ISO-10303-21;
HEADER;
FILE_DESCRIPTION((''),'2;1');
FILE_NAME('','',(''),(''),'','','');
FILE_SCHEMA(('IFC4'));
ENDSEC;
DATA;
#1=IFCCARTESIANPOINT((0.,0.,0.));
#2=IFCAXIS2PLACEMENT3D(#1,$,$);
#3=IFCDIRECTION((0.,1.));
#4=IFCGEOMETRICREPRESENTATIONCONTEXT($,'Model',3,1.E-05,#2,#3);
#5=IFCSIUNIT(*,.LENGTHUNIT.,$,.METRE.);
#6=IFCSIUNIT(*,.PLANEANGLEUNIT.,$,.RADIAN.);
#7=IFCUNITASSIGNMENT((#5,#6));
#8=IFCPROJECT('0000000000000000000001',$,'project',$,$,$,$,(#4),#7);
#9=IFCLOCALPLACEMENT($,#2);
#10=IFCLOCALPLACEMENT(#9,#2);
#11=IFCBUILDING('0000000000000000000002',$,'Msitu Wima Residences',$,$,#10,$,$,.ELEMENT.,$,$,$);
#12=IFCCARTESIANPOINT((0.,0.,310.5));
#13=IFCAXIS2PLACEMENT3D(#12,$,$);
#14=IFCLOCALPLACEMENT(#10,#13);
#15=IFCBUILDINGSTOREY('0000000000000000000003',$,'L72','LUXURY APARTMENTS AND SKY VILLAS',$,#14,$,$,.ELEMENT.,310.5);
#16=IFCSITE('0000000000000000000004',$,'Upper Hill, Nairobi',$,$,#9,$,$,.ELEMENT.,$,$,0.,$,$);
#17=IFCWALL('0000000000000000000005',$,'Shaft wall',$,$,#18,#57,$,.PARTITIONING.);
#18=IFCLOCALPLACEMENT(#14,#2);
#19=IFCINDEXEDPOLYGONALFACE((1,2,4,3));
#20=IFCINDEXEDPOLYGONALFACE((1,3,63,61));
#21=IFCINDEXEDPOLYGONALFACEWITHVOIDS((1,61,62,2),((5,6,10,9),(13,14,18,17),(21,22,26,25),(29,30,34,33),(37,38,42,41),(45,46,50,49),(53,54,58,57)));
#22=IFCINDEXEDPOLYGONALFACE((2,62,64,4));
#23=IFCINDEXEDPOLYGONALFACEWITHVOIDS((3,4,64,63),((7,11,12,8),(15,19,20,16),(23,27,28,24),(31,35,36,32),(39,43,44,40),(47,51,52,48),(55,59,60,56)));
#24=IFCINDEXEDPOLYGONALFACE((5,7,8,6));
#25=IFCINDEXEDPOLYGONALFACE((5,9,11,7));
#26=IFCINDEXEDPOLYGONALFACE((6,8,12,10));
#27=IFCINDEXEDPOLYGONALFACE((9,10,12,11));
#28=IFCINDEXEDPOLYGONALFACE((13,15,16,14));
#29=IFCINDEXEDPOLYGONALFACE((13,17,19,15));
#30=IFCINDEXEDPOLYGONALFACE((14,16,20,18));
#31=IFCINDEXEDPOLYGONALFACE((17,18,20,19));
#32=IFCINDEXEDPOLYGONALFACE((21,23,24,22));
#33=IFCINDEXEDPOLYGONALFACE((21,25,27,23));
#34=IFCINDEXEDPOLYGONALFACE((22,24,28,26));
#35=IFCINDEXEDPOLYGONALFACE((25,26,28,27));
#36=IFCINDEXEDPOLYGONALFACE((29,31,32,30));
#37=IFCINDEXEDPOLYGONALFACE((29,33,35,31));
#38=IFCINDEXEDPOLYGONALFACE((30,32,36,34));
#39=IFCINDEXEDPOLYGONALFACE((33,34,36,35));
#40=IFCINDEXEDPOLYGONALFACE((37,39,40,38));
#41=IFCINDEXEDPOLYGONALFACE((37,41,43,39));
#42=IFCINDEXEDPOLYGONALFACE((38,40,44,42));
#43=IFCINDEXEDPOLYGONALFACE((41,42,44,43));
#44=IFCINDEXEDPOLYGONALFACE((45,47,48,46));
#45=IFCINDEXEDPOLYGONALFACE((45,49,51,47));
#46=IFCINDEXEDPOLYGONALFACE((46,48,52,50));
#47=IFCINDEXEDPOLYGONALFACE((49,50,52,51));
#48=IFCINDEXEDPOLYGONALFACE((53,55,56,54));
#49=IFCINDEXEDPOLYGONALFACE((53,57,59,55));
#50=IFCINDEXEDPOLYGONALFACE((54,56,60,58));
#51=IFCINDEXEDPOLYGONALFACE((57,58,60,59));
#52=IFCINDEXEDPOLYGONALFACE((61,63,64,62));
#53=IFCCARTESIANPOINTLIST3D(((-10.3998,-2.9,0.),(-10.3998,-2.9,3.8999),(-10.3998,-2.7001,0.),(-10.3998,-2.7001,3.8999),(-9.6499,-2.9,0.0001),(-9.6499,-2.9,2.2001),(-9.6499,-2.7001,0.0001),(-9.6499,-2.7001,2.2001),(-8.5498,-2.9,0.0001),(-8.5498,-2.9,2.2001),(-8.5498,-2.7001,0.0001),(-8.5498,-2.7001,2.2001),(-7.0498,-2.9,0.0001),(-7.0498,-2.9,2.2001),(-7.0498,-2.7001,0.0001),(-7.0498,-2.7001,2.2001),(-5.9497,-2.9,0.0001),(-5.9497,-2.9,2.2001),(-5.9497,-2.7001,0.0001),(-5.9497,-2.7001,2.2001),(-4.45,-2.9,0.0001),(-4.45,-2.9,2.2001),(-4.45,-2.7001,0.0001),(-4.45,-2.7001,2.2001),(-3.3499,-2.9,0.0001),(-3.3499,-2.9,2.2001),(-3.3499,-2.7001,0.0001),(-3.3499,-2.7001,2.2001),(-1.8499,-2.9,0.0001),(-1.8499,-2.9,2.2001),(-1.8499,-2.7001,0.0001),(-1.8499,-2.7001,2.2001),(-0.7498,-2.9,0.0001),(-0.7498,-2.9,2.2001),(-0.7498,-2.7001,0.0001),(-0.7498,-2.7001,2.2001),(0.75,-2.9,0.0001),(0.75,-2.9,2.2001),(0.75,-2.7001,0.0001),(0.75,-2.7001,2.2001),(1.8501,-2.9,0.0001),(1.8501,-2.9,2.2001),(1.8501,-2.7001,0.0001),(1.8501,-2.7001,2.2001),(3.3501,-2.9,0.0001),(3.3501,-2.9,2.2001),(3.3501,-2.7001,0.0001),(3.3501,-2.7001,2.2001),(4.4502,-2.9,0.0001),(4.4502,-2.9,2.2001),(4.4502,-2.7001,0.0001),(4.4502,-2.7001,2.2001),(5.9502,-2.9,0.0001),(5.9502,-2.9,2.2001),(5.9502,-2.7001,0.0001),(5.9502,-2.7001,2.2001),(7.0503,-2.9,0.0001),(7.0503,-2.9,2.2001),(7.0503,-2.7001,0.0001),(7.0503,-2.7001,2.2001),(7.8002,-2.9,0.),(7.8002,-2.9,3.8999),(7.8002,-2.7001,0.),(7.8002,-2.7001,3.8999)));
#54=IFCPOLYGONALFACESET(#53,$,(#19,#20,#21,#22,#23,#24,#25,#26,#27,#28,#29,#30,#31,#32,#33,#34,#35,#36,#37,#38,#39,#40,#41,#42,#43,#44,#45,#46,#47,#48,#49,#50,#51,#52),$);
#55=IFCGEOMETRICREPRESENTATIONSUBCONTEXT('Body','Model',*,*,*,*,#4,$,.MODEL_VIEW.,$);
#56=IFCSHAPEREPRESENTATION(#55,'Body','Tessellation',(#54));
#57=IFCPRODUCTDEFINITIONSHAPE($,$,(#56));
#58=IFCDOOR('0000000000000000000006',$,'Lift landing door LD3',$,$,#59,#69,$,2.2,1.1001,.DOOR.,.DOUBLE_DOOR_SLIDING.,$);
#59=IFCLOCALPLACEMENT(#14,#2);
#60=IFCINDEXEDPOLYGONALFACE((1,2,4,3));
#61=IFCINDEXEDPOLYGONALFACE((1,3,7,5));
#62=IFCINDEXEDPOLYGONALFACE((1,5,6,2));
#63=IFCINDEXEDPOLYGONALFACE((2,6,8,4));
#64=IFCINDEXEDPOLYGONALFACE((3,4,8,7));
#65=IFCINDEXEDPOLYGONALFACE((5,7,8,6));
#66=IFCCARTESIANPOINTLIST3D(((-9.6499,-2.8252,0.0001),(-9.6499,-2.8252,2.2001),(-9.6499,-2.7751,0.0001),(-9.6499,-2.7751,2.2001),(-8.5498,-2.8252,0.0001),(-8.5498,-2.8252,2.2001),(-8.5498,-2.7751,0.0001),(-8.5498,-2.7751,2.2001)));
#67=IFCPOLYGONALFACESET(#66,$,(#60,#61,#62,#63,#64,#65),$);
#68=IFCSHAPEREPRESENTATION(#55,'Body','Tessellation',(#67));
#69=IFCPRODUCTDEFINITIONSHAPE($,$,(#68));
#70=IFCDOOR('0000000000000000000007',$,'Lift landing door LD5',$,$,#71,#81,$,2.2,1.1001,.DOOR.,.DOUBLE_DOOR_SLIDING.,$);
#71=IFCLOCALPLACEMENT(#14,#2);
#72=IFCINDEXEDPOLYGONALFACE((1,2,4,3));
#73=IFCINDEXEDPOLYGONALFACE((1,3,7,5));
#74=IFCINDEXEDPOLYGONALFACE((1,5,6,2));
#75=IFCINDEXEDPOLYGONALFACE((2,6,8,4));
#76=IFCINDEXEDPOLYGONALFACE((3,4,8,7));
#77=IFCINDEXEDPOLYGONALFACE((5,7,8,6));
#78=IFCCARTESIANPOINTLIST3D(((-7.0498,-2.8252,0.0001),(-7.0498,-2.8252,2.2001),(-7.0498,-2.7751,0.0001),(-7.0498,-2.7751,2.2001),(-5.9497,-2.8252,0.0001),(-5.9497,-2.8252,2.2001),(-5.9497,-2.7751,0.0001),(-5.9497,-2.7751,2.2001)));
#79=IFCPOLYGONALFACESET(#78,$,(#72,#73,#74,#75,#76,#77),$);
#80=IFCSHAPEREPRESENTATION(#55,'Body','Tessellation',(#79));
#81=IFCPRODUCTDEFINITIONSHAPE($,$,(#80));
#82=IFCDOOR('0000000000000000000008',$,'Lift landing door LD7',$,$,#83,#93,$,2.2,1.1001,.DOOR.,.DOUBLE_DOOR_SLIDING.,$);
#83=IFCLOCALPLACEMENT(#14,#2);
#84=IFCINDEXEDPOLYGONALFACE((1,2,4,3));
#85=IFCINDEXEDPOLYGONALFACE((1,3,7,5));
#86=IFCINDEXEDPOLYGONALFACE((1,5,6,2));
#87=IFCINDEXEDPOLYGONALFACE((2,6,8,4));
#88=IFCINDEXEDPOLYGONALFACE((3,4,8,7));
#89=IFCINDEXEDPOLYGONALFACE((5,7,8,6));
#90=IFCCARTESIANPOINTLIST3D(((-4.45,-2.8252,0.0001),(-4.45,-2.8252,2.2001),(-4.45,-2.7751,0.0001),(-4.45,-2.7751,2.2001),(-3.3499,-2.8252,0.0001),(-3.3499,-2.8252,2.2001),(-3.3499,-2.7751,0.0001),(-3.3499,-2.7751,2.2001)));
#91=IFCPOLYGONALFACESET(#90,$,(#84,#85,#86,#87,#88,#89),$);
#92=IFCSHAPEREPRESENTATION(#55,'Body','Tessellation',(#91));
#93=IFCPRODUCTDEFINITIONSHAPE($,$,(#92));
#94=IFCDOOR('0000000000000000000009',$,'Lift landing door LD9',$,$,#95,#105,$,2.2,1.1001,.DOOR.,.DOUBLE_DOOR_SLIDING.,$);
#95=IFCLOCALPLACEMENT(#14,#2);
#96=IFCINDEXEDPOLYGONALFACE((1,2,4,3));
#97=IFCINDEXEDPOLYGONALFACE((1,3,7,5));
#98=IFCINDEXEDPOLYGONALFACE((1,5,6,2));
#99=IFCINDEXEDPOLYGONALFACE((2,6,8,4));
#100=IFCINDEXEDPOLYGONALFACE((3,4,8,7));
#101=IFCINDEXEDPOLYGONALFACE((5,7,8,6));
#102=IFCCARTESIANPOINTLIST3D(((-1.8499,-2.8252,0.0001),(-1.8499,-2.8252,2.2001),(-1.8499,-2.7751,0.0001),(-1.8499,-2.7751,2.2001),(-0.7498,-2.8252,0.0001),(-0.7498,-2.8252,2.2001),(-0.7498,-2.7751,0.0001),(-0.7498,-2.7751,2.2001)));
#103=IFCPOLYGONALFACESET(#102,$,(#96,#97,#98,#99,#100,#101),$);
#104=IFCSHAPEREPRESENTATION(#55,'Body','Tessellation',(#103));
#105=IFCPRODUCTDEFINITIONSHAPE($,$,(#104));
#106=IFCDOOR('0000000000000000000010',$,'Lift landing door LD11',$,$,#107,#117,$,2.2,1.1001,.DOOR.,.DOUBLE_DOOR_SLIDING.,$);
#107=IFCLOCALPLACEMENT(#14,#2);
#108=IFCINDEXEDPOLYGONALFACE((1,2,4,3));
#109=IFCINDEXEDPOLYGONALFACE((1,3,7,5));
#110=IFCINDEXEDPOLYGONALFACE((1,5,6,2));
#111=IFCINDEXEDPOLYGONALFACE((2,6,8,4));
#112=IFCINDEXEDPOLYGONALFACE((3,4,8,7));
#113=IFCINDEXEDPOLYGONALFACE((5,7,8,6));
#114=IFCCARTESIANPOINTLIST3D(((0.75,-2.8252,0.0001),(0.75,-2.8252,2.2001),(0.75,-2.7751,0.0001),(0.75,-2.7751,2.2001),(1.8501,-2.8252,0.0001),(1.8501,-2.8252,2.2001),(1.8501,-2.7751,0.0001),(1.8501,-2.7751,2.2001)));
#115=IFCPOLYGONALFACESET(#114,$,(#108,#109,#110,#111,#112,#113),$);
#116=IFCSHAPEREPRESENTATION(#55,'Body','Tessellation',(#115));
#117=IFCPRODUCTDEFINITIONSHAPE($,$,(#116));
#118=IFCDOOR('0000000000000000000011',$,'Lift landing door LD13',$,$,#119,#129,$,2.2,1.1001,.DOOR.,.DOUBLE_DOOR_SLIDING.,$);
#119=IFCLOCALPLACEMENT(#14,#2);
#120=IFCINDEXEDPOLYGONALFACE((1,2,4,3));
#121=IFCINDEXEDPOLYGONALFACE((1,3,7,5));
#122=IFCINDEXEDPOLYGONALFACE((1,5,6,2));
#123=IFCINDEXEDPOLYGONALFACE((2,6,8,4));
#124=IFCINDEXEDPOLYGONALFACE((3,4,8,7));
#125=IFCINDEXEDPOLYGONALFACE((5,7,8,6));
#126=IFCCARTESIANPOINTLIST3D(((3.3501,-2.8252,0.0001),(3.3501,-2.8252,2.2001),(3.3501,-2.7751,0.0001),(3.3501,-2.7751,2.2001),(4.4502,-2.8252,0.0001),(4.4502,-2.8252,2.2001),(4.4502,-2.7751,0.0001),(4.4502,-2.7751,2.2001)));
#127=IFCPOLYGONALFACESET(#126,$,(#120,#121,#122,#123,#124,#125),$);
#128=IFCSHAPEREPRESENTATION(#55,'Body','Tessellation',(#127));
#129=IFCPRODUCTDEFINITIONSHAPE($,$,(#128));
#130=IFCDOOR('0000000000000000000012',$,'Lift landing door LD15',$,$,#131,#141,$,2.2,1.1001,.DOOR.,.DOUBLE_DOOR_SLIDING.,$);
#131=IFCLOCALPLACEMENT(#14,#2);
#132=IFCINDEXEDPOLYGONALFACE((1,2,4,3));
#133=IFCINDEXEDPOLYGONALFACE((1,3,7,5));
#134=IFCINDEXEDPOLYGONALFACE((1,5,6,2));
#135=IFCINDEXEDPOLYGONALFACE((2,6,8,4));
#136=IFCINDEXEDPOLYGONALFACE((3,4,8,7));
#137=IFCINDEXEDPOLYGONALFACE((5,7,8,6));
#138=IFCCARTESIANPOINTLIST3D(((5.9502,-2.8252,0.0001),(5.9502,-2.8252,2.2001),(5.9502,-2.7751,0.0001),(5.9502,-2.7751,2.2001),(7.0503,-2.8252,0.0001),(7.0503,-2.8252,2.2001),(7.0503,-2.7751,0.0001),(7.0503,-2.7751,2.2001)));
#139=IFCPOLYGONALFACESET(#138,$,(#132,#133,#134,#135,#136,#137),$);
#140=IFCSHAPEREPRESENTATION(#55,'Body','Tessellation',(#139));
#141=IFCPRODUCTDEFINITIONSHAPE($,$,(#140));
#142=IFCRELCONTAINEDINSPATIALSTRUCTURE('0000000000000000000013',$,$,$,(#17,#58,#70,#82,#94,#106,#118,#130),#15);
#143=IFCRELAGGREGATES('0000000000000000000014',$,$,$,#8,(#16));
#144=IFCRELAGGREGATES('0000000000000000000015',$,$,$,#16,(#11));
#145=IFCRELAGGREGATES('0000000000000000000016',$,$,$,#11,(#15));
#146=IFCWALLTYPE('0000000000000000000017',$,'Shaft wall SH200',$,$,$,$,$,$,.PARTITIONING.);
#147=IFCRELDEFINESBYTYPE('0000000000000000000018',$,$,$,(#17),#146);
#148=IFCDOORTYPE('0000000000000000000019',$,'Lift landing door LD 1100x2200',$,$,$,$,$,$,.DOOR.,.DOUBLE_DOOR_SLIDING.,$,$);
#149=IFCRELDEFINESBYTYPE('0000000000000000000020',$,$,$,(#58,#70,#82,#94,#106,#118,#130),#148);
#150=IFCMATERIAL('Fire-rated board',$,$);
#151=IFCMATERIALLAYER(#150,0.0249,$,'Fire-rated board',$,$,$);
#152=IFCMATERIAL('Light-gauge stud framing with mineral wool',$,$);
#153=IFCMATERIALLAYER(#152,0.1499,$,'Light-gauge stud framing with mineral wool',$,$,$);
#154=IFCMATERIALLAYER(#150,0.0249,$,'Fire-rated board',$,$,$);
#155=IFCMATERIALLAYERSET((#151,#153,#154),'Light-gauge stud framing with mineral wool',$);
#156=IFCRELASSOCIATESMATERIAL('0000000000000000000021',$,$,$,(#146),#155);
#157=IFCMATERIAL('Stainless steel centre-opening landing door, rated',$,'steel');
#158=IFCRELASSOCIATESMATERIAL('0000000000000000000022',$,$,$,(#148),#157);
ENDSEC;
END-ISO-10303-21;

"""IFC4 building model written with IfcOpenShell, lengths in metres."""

from ifc_helpers import new_model, si_unit, direction, frame, frame_2d, origin, place, context, subcontext, project, spatial, rectangle, extrude, material, layer, layer_set, type_object, element, fill, save


model = new_model("IFC4")

# Units and contexts
model_context = context("Model", 3, precision=1e-05, world=origin(), true_north=direction((0.0, 1.0)))
body_context = subcontext(model_context, "Body", "Model", "MODEL_VIEW")
ifc_project = project(units=[si_unit("LENGTHUNIT", "METRE"), si_unit("PLANEANGLEUNIT", "RADIAN")], contexts=[model_context])

# Site, building, storey
site_placement = place(None, origin())
site = spatial("IfcSite", under=ifc_project, at=site_placement, Name="Upper Hill, Nairobi", CompositionType="ELEMENT", RefElevation=0.0)
building_placement = place(site_placement, origin())
building = spatial("IfcBuilding", under=site, at=building_placement, Name="Msitu Wima Residences", CompositionType="ELEMENT")
storey_placement = place(building_placement, frame((0.0, 0.0, 310.5)))
storey = spatial("IfcBuildingStorey", under=building, at=storey_placement, Name="L72", Description="LUXURY APARTMENTS AND SKY VILLAS", CompositionType="ELEMENT", Elevation=310.5)

# Shared definitions
ifc_material_1 = material(Name="Fire-rated board")
ifc_layer_1 = layer(ifc_material_1, 0.0249, Name="Fire-rated board")
ifc_material_2 = material(Name="Light-gauge stud framing with mineral wool")
ifc_layer_2 = layer(ifc_material_2, 0.1499, Name="Light-gauge stud framing with mineral wool")
ifc_layer_3 = layer(ifc_material_1, 0.0249, Name="Fire-rated board")
ifc_layer_set_1 = layer_set([ifc_layer_1, ifc_layer_2, ifc_layer_3], Name="Light-gauge stud framing with mineral wool")
wall_type_1 = type_object("IfcWallType", Name="Shaft wall SH200", PredefinedType="PARTITIONING", material=ifc_layer_set_1)

# Wall, openings, doors
wall_1_placement = place(storey_placement, frame((-10.3999, -2.8, 0.0), z_axis=(0.0, 0.0, 1.0), x_axis=(1.0, 0.0, 0.0)))
wall_1 = element("IfcWall", 1, at=wall_1_placement, inside=storey, type_object=wall_type_1, Name="Shaft wall", PredefinedType="PARTITIONING", context=body_context, shape_type="SweptSolid", body=[
    extrude(rectangle(XDim=18.2, YDim=0.2, at=frame_2d((9.1001, 0.0))), origin(), (0.0, 0.0, 1.0), 3.8999),
])
opening_1_placement = place(wall_1_placement, frame((0.75, 0.0, 0.0)))
opening_1 = element("IfcOpeningElement", 2, at=opening_1_placement, cuts=wall_1, PredefinedType="OPENING", context=body_context, shape_type="SweptSolid", body=[
    extrude(rectangle(XDim=1.1001, YDim=2.2, at=frame_2d((0.55, 1.1001))), frame((0.0, 0.1099, 0.0), z_axis=(0.0, -1.0, 0.0), x_axis=(1.0, 0.0, 0.0)), (0.0, 0.0, 1.0), 0.22),
])
opening_2_placement = place(wall_1_placement, frame((3.3501, 0.0, 0.0)))
opening_2 = element("IfcOpeningElement", 3, at=opening_2_placement, cuts=wall_1, PredefinedType="OPENING", context=body_context, shape_type="SweptSolid", body=[
    extrude(rectangle(XDim=1.1001, YDim=2.2, at=frame_2d((0.55, 1.1001))), frame((0.0, 0.1099, 0.0), z_axis=(0.0, -1.0, 0.0), x_axis=(1.0, 0.0, 0.0)), (0.0, 0.0, 1.0), 0.22),
])
opening_3_placement = place(wall_1_placement, frame((5.95, 0.0, 0.0)))
opening_3 = element("IfcOpeningElement", 4, at=opening_3_placement, cuts=wall_1, PredefinedType="OPENING", context=body_context, shape_type="SweptSolid", body=[
    extrude(rectangle(XDim=1.1001, YDim=2.2, at=frame_2d((0.55, 1.1001))), frame((0.0, 0.1099, 0.0), z_axis=(0.0, -1.0, 0.0), x_axis=(1.0, 0.0, 0.0)), (0.0, 0.0, 1.0), 0.22),
])
opening_4_placement = place(wall_1_placement, frame((8.55, 0.0, 0.0)))
opening_4 = element("IfcOpeningElement", 5, at=opening_4_placement, cuts=wall_1, PredefinedType="OPENING", context=body_context, shape_type="SweptSolid", body=[
    extrude(rectangle(XDim=1.1001, YDim=2.2, at=frame_2d((0.55, 1.1001))), frame((0.0, 0.1099, 0.0), z_axis=(0.0, -1.0, 0.0), x_axis=(1.0, 0.0, 0.0)), (0.0, 0.0, 1.0), 0.22),
])
opening_5_placement = place(wall_1_placement, frame((11.1499, 0.0, 0.0)))
opening_5 = element("IfcOpeningElement", 6, at=opening_5_placement, cuts=wall_1, PredefinedType="OPENING", context=body_context, shape_type="SweptSolid", body=[
    extrude(rectangle(XDim=1.1001, YDim=2.2, at=frame_2d((0.55, 1.1001))), frame((0.0, 0.1099, 0.0), z_axis=(0.0, -1.0, 0.0), x_axis=(1.0, 0.0, 0.0)), (0.0, 0.0, 1.0), 0.22),
])
opening_6_placement = place(wall_1_placement, frame((13.75, 0.0, 0.0)))
opening_6 = element("IfcOpeningElement", 7, at=opening_6_placement, cuts=wall_1, PredefinedType="OPENING", context=body_context, shape_type="SweptSolid", body=[
    extrude(rectangle(XDim=1.1001, YDim=2.2, at=frame_2d((0.55, 1.1001))), frame((0.0, 0.1099, 0.0), z_axis=(0.0, -1.0, 0.0), x_axis=(1.0, 0.0, 0.0)), (0.0, 0.0, 1.0), 0.22),
])
opening_7_placement = place(wall_1_placement, frame((16.3501, 0.0, 0.0)))
opening_7 = element("IfcOpeningElement", 8, at=opening_7_placement, cuts=wall_1, PredefinedType="OPENING", context=body_context, shape_type="SweptSolid", body=[
    extrude(rectangle(XDim=1.1001, YDim=2.2, at=frame_2d((0.55, 1.1001))), frame((0.0, 0.1099, 0.0), z_axis=(0.0, -1.0, 0.0), x_axis=(1.0, 0.0, 0.0)), (0.0, 0.0, 1.0), 0.22),
])
ifc_material_3 = material(Name="Stainless steel centre-opening landing door, rated", Category="steel")
door_type_1 = type_object("IfcDoorType", Name="Lift landing door LD 1100x2200", OperationType="DOUBLE_DOOR_SLIDING", PredefinedType="DOOR", material=ifc_material_3)
door_1_placement = place(opening_1_placement, origin())
door_1 = element("IfcDoor", 9, at=door_1_placement, inside=storey, type_object=door_type_1, Name="Lift landing door LD3", OperationType="DOUBLE_DOOR_SLIDING", OverallHeight=2.2, OverallWidth=1.1001, PredefinedType="DOOR", context=body_context, shape_type="SweptSolid", body=[
    extrude(rectangle(XDim=1.1001, YDim=2.2, at=frame_2d((0.55, 1.1001))), frame((0.0, 0.0249, 0.0), z_axis=(0.0, -1.0, 0.0), x_axis=(1.0, 0.0, 0.0)), (0.0, 0.0, 1.0), 0.05),
])
fill(opening_1, door_1)
door_2_placement = place(opening_2_placement, origin())
door_2 = element("IfcDoor", 10, at=door_2_placement, inside=storey, type_object=door_type_1, Name="Lift landing door LD5", OperationType="DOUBLE_DOOR_SLIDING", OverallHeight=2.2, OverallWidth=1.1001, PredefinedType="DOOR", context=body_context, shape_type="SweptSolid", body=[
    extrude(rectangle(XDim=1.1001, YDim=2.2, at=frame_2d((0.55, 1.1001))), frame((0.0, 0.0249, 0.0), z_axis=(0.0, -1.0, 0.0), x_axis=(1.0, 0.0, 0.0)), (0.0, 0.0, 1.0), 0.05),
])
fill(opening_2, door_2)
door_3_placement = place(opening_3_placement, origin())
door_3 = element("IfcDoor", 11, at=door_3_placement, inside=storey, type_object=door_type_1, Name="Lift landing door LD7", OperationType="DOUBLE_DOOR_SLIDING", OverallHeight=2.2, OverallWidth=1.1001, PredefinedType="DOOR", context=body_context, shape_type="SweptSolid", body=[
    extrude(rectangle(XDim=1.1001, YDim=2.2, at=frame_2d((0.55, 1.1001))), frame((0.0, 0.0249, 0.0), z_axis=(0.0, -1.0, 0.0), x_axis=(1.0, 0.0, 0.0)), (0.0, 0.0, 1.0), 0.05),
])
fill(opening_3, door_3)
door_4_placement = place(opening_4_placement, origin())
door_4 = element("IfcDoor", 12, at=door_4_placement, inside=storey, type_object=door_type_1, Name="Lift landing door LD9", OperationType="DOUBLE_DOOR_SLIDING", OverallHeight=2.2, OverallWidth=1.1001, PredefinedType="DOOR", context=body_context, shape_type="SweptSolid", body=[
    extrude(rectangle(XDim=1.1001, YDim=2.2, at=frame_2d((0.55, 1.1001))), frame((0.0, 0.0249, 0.0), z_axis=(0.0, -1.0, 0.0), x_axis=(1.0, 0.0, 0.0)), (0.0, 0.0, 1.0), 0.05),
])
fill(opening_4, door_4)
door_5_placement = place(opening_5_placement, origin())
door_5 = element("IfcDoor", 13, at=door_5_placement, inside=storey, type_object=door_type_1, Name="Lift landing door LD11", OperationType="DOUBLE_DOOR_SLIDING", OverallHeight=2.2, OverallWidth=1.1001, PredefinedType="DOOR", context=body_context, shape_type="SweptSolid", body=[
    extrude(rectangle(XDim=1.1001, YDim=2.2, at=frame_2d((0.55, 1.1001))), frame((0.0, 0.0249, 0.0), z_axis=(0.0, -1.0, 0.0), x_axis=(1.0, 0.0, 0.0)), (0.0, 0.0, 1.0), 0.05),
])
fill(opening_5, door_5)
door_6_placement = place(opening_6_placement, origin())
door_6 = element("IfcDoor", 14, at=door_6_placement, inside=storey, type_object=door_type_1, Name="Lift landing door LD13", OperationType="DOUBLE_DOOR_SLIDING", OverallHeight=2.2, OverallWidth=1.1001, PredefinedType="DOOR", context=body_context, shape_type="SweptSolid", body=[
    extrude(rectangle(XDim=1.1001, YDim=2.2, at=frame_2d((0.55, 1.1001))), frame((0.0, 0.0249, 0.0), z_axis=(0.0, -1.0, 0.0), x_axis=(1.0, 0.0, 0.0)), (0.0, 0.0, 1.0), 0.05),
])
fill(opening_6, door_6)
door_7_placement = place(opening_7_placement, origin())
door_7 = element("IfcDoor", 15, at=door_7_placement, inside=storey, type_object=door_type_1, Name="Lift landing door LD15", OperationType="DOUBLE_DOOR_SLIDING", OverallHeight=2.2, OverallWidth=1.1001, PredefinedType="DOOR", context=body_context, shape_type="SweptSolid", body=[
    extrude(rectangle(XDim=1.1001, YDim=2.2, at=frame_2d((0.55, 1.1001))), frame((0.0, 0.0249, 0.0), z_axis=(0.0, -1.0, 0.0), x_axis=(1.0, 0.0, 0.0)), (0.0, 0.0, 1.0), 0.05),
])
fill(opening_7, door_7)

save(model, "model.ifc")
